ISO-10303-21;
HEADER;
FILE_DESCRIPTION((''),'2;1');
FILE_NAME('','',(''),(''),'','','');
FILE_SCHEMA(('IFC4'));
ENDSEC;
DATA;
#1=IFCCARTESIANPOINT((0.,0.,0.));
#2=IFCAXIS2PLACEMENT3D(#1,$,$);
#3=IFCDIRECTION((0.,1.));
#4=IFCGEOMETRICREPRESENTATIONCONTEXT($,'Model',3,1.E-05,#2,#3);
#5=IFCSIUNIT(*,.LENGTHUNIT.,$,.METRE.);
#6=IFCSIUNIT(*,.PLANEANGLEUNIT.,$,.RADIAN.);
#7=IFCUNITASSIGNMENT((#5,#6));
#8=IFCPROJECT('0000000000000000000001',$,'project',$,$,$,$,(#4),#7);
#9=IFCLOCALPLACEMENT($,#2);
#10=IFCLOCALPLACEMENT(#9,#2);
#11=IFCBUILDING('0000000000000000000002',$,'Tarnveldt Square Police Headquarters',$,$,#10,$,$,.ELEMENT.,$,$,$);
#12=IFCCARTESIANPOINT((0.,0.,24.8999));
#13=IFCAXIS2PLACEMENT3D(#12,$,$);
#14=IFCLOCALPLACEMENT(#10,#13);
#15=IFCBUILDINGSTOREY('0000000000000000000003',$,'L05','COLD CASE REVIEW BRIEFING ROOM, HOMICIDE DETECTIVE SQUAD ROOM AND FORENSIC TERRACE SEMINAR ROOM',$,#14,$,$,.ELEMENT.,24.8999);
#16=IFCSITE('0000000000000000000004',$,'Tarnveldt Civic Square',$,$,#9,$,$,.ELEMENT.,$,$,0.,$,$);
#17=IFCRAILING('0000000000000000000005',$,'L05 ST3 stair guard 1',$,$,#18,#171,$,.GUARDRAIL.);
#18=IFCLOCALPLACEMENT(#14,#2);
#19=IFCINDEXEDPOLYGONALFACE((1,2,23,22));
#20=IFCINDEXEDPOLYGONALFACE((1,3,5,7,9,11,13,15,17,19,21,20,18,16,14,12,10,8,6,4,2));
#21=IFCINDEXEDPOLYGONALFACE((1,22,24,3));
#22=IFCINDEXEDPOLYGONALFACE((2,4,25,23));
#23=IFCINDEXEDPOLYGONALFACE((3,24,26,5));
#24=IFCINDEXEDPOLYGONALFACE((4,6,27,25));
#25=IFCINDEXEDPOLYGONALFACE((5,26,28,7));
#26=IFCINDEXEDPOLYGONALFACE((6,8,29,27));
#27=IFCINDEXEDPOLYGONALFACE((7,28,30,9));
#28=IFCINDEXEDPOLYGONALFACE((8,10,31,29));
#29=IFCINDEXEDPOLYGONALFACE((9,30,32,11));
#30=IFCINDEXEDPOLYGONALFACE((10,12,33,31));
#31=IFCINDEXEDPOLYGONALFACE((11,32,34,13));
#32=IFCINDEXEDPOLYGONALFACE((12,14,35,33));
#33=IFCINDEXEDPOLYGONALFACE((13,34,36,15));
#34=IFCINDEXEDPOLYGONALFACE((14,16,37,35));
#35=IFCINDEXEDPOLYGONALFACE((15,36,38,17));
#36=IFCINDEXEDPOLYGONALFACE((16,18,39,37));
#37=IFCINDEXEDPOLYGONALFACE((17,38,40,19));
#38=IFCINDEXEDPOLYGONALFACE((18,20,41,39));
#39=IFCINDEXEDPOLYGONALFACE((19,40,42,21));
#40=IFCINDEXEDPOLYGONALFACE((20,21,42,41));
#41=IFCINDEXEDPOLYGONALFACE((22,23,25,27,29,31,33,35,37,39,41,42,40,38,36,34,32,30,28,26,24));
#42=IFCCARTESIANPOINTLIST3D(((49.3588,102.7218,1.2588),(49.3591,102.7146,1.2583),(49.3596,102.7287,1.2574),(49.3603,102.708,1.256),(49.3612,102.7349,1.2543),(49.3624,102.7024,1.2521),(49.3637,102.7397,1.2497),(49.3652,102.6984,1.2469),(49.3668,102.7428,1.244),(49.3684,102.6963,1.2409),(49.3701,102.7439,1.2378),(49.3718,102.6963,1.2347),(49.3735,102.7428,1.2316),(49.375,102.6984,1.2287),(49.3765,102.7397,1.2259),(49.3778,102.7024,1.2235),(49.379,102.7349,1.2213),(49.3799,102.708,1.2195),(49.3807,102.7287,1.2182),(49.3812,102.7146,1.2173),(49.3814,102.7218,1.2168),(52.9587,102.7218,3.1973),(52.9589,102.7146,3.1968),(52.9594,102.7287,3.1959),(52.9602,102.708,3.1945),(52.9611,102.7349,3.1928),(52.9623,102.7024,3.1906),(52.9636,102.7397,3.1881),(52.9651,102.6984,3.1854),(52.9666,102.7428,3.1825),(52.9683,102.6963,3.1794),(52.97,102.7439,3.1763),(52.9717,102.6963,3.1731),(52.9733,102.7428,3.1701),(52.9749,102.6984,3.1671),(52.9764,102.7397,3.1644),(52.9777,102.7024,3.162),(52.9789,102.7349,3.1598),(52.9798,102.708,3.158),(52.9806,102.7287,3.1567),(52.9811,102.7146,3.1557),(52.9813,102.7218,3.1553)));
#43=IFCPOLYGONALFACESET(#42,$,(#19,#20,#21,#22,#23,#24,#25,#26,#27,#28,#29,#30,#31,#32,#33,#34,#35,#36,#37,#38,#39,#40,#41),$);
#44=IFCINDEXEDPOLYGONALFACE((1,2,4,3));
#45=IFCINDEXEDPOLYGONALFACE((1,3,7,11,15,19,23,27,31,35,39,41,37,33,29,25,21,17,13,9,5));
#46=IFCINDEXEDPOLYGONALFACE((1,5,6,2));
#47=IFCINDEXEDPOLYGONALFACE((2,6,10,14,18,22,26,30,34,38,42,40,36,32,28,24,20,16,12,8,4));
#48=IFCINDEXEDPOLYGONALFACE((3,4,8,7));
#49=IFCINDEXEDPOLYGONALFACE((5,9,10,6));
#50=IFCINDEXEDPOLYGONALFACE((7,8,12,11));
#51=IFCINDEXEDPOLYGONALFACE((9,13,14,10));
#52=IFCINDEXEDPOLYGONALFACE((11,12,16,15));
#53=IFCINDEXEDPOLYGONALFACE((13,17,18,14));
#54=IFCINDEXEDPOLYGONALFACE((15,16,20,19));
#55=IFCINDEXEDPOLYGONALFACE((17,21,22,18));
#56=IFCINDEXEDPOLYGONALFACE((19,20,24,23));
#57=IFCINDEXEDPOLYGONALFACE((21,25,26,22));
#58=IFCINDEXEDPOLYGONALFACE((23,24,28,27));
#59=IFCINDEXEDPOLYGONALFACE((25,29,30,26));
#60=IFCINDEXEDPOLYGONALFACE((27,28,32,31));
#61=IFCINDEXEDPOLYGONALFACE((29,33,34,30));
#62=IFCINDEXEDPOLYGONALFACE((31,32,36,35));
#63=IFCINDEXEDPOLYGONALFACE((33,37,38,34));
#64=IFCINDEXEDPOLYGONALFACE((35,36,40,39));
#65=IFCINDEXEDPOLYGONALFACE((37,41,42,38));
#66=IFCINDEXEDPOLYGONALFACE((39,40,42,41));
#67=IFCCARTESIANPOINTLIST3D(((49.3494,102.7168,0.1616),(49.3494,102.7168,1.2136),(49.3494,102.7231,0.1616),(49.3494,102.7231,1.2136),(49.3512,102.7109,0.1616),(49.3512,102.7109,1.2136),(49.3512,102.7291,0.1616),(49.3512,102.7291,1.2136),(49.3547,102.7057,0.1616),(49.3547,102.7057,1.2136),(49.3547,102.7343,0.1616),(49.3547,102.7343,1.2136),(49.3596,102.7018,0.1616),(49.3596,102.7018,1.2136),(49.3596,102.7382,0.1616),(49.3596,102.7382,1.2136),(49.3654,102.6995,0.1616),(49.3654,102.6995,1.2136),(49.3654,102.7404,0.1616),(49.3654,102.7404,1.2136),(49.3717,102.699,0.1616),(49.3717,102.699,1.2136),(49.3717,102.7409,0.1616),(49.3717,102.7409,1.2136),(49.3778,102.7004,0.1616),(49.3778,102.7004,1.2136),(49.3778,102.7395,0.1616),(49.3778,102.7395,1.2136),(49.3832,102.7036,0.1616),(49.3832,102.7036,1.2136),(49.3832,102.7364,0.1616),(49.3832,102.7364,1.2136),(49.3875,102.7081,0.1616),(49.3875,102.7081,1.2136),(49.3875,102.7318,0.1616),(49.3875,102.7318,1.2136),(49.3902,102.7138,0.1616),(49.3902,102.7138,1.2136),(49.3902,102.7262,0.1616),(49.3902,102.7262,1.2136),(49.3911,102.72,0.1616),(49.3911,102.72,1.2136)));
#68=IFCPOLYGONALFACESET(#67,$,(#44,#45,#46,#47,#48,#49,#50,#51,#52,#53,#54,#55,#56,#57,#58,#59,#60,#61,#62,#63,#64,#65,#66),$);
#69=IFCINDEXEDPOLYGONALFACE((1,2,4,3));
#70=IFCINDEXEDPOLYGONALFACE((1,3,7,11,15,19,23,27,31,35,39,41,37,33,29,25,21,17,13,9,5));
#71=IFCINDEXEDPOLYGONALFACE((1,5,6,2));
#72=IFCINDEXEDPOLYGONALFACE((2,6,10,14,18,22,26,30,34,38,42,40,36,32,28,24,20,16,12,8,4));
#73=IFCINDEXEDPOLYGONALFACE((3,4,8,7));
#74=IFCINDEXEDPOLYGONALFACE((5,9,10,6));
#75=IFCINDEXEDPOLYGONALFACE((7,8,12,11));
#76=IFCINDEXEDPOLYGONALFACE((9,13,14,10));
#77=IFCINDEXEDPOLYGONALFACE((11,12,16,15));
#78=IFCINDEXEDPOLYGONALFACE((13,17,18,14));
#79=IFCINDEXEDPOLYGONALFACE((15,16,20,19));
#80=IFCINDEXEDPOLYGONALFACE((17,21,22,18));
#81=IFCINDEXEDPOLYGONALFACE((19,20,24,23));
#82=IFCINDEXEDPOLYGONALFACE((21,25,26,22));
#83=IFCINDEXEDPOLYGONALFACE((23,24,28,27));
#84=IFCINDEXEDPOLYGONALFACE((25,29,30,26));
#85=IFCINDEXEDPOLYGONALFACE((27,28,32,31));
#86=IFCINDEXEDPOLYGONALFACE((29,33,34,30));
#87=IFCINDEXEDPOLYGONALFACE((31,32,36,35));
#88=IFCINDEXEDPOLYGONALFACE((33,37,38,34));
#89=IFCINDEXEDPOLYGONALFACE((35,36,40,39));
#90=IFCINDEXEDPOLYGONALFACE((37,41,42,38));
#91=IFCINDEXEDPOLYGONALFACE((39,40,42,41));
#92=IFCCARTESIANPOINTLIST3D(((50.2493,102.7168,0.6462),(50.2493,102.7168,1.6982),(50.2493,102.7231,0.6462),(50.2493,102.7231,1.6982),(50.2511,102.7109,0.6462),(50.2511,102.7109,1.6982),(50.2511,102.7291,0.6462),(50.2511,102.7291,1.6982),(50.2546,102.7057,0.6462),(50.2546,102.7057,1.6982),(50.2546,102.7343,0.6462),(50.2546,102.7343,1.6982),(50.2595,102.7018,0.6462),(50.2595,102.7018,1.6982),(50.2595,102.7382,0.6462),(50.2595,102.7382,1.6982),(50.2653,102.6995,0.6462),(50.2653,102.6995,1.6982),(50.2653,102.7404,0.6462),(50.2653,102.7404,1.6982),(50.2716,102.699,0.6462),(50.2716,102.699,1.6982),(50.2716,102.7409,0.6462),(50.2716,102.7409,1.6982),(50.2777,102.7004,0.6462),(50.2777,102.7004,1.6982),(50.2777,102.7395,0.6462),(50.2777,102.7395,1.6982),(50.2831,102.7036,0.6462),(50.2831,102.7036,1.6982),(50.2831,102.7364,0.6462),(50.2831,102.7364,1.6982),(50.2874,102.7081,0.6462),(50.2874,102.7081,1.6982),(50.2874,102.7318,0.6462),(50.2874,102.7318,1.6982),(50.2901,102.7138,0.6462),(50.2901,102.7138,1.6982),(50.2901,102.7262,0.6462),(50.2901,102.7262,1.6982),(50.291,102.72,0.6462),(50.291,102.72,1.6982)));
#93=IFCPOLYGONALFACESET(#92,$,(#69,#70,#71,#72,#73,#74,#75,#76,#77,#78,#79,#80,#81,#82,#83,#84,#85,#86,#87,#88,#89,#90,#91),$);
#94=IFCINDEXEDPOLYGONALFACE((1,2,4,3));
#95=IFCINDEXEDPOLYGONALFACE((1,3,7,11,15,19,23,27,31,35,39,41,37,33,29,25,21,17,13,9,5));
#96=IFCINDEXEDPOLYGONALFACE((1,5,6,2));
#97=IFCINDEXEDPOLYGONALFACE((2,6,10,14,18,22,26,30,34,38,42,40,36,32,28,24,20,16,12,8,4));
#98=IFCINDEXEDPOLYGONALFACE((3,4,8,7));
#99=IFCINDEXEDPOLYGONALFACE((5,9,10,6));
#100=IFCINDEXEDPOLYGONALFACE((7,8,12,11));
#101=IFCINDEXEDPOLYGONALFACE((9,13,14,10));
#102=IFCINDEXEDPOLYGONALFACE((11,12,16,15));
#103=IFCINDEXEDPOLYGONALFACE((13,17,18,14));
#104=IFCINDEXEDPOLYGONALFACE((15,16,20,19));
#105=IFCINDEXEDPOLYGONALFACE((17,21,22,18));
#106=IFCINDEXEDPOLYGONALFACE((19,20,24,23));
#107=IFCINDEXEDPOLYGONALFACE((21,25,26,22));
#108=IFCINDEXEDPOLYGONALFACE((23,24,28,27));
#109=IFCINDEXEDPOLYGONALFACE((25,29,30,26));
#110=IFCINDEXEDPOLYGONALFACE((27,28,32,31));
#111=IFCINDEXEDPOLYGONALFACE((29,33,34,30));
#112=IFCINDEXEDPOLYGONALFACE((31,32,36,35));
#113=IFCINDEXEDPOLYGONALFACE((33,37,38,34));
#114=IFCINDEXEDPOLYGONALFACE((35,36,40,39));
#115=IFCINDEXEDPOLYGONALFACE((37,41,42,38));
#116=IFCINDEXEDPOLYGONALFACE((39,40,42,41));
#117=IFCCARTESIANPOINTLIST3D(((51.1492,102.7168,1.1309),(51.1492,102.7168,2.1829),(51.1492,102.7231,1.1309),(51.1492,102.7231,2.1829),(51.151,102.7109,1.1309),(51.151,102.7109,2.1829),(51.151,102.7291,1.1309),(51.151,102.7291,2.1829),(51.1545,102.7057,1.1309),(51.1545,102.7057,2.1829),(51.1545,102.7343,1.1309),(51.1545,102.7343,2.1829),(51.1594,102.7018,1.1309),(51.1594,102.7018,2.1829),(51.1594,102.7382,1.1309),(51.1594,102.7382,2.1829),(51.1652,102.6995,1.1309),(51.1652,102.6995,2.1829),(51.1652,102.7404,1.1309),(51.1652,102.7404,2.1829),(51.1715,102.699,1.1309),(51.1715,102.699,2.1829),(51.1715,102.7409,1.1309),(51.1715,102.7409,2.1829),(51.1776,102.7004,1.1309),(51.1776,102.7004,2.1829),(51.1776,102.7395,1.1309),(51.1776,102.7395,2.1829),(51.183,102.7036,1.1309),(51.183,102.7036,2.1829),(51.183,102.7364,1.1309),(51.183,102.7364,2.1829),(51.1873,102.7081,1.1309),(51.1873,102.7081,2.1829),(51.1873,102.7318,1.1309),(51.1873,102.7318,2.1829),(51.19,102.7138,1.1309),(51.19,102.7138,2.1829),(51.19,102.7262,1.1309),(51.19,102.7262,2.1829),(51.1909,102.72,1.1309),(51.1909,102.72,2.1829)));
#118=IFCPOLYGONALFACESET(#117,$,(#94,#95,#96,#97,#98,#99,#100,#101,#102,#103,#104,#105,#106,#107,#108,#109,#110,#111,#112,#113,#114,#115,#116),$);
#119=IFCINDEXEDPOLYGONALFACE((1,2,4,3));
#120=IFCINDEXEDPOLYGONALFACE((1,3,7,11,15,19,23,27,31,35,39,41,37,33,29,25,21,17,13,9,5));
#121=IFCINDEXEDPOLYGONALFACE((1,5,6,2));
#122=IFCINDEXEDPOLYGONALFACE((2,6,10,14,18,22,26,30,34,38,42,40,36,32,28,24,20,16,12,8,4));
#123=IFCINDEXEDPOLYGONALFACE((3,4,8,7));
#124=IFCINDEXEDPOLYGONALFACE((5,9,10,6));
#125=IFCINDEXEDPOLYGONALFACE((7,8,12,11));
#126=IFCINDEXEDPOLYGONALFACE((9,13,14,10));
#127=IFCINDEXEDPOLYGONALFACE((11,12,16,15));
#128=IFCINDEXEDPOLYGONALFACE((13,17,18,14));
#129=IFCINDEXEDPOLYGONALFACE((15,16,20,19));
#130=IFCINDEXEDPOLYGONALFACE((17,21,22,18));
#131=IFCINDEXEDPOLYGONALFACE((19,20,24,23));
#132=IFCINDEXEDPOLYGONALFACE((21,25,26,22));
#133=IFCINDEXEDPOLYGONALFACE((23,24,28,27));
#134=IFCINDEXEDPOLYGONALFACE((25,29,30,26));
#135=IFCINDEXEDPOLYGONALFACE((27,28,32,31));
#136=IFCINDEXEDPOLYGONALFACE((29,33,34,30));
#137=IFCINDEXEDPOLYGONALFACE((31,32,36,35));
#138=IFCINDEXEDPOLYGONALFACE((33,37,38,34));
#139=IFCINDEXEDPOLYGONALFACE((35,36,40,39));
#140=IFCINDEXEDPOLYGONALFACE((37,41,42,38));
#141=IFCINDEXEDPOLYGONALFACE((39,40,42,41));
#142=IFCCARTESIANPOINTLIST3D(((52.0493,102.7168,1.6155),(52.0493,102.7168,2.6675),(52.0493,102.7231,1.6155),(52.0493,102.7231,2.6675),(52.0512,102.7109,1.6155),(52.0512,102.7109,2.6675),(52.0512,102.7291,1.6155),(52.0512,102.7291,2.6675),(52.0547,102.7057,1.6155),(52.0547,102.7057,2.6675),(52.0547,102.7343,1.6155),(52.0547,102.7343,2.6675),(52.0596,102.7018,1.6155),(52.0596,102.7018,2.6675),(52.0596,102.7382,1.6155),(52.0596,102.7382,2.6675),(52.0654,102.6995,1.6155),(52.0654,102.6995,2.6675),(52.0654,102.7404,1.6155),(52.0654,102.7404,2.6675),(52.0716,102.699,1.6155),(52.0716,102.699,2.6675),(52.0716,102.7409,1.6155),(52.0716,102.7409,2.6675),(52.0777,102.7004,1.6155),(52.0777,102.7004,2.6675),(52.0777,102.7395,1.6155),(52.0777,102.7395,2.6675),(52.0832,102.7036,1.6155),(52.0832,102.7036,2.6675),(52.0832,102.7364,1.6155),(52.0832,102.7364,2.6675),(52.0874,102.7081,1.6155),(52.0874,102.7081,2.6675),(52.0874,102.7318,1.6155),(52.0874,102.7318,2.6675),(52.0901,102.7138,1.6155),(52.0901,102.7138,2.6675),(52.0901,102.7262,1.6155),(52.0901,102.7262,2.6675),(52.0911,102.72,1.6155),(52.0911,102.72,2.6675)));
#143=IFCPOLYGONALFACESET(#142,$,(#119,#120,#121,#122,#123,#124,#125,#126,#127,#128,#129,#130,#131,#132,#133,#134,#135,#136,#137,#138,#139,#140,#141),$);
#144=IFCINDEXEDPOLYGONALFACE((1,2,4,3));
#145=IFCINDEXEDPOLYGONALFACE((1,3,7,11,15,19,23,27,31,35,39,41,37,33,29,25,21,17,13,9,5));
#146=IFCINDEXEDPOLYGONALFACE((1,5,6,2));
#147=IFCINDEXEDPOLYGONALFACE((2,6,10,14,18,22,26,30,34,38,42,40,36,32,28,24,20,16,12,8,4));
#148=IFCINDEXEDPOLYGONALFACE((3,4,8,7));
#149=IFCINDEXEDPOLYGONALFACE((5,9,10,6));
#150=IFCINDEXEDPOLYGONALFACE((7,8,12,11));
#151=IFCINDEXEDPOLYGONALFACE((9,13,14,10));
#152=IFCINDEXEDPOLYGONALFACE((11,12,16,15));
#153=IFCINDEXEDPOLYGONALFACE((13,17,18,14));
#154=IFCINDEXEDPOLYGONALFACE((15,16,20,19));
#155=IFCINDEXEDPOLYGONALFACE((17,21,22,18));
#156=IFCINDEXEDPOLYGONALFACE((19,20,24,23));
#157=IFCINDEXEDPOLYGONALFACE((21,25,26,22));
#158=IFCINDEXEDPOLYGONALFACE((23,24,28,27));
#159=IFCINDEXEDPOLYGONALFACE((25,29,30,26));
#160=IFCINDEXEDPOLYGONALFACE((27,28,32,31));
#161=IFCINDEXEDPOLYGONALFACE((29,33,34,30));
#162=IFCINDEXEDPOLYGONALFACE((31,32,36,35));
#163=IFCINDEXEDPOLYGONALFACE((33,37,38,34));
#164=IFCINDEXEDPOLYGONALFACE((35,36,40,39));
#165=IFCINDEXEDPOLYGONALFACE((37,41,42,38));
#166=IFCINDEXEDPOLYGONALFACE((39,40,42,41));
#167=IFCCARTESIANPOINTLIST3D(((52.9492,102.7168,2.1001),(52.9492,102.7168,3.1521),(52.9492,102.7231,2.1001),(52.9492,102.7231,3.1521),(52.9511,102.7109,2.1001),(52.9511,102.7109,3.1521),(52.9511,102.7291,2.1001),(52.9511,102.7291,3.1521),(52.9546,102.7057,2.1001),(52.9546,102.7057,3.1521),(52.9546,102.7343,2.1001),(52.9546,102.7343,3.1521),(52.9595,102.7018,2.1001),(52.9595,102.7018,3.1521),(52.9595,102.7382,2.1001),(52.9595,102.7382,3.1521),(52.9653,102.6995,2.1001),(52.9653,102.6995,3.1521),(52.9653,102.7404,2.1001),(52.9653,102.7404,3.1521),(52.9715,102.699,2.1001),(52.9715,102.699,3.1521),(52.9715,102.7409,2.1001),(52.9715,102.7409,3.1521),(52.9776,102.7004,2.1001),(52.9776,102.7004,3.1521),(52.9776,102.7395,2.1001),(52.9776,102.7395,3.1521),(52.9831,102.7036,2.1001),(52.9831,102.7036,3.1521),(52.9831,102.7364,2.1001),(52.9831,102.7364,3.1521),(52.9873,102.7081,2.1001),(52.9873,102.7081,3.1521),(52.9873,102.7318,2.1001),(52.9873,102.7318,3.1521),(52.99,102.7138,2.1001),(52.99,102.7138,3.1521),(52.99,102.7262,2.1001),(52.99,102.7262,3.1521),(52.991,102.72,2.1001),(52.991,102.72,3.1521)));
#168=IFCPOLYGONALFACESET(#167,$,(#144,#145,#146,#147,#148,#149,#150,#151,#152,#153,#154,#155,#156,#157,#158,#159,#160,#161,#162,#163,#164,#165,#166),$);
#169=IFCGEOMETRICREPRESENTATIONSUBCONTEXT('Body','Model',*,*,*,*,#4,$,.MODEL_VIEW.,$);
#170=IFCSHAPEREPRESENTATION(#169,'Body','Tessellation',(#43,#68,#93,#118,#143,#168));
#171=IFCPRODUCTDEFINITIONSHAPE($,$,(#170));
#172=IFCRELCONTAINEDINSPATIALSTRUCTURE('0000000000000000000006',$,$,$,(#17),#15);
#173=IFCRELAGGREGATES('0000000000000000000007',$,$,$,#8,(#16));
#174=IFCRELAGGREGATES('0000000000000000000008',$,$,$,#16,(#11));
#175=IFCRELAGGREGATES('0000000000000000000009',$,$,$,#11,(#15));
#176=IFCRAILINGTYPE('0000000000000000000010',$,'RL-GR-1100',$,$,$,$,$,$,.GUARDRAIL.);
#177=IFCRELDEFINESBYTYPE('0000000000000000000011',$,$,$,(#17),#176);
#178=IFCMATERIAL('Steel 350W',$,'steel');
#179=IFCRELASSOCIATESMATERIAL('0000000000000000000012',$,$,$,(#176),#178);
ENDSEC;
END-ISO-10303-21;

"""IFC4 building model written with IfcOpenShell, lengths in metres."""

from ifc_helpers import new_model, si_unit, direction, frame, origin, origin_2d, place, context, subcontext, project, spatial, circle, extrude, material, type_object, element, save


model = new_model("IFC4")

# Units and contexts
model_context = context("Model", 3, precision=1e-05, world=origin(), true_north=direction((0.0, 1.0)))
body_context = subcontext(model_context, "Body", "Model", "MODEL_VIEW")
ifc_project = project(units=[si_unit("LENGTHUNIT", "METRE"), si_unit("PLANEANGLEUNIT", "RADIAN")], contexts=[model_context])

# Site, building, storey
site_placement = place(None, origin())
site = spatial("IfcSite", under=ifc_project, at=site_placement, Name="Tarnveldt Civic Square", CompositionType="ELEMENT", RefElevation=0.0)
building_placement = place(site_placement, origin())
building = spatial("IfcBuilding", under=site, at=building_placement, Name="Tarnveldt Square Police Headquarters", CompositionType="ELEMENT")
storey_placement = place(building_placement, frame((0.0, 0.0, 24.8999)))
storey = spatial("IfcBuildingStorey", under=building, at=storey_placement, Name="L05", Description="COLD CASE REVIEW BRIEFING ROOM, HOMICIDE DETECTIVE SQUAD ROOM AND FORENSIC TERRACE SEMINAR ROOM", CompositionType="ELEMENT", Elevation=24.8999)

# Shared definitions
ifc_material_1 = material(Name="Steel 350W", Category="steel")

# Railing
railing_type_1 = type_object("IfcRailingType", Name="RL-GR-1100", PredefinedType="GUARDRAIL", material=ifc_material_1)
railing_1_placement = place(storey_placement, frame((49.3701, 102.72, 0.1616)))
element("IfcRailing", 1, at=railing_1_placement, inside=storey, type_object=railing_type_1, Name="L05 ST3 stair guard 1", PredefinedType="GUARDRAIL", context=body_context, shape_type="SweptSolid", body=[
    extrude(circle(Radius=0.0239, at=origin_2d()), frame((0.0, 0.0, 1.0762), z_axis=(0.880462, 0.0, 0.474118), x_axis=(0.0, 1.0, 0.0)), (0.0, 0.0, 1.0), 4.0886),
    extrude(circle(Radius=0.021, at=origin_2d()), origin(), (0.0, 0.0, 1.0), 1.052),
    extrude(circle(Radius=0.021, at=origin_2d()), frame((0.8999, 0.0, 0.4846)), (0.0, 0.0, 1.0), 1.052),
    extrude(circle(Radius=0.021, at=origin_2d()), frame((1.7998, 0.0, 0.9692)), (0.0, 0.0, 1.0), 1.052),
    extrude(circle(Radius=0.021, at=origin_2d()), frame((2.7, 0.0, 1.4539)), (0.0, 0.0, 1.0), 1.052),
    extrude(circle(Radius=0.021, at=origin_2d()), frame((3.5999, 0.0, 1.9385)), (0.0, 0.0, 1.0), 1.052),
])

save(model, "model.ifc")
